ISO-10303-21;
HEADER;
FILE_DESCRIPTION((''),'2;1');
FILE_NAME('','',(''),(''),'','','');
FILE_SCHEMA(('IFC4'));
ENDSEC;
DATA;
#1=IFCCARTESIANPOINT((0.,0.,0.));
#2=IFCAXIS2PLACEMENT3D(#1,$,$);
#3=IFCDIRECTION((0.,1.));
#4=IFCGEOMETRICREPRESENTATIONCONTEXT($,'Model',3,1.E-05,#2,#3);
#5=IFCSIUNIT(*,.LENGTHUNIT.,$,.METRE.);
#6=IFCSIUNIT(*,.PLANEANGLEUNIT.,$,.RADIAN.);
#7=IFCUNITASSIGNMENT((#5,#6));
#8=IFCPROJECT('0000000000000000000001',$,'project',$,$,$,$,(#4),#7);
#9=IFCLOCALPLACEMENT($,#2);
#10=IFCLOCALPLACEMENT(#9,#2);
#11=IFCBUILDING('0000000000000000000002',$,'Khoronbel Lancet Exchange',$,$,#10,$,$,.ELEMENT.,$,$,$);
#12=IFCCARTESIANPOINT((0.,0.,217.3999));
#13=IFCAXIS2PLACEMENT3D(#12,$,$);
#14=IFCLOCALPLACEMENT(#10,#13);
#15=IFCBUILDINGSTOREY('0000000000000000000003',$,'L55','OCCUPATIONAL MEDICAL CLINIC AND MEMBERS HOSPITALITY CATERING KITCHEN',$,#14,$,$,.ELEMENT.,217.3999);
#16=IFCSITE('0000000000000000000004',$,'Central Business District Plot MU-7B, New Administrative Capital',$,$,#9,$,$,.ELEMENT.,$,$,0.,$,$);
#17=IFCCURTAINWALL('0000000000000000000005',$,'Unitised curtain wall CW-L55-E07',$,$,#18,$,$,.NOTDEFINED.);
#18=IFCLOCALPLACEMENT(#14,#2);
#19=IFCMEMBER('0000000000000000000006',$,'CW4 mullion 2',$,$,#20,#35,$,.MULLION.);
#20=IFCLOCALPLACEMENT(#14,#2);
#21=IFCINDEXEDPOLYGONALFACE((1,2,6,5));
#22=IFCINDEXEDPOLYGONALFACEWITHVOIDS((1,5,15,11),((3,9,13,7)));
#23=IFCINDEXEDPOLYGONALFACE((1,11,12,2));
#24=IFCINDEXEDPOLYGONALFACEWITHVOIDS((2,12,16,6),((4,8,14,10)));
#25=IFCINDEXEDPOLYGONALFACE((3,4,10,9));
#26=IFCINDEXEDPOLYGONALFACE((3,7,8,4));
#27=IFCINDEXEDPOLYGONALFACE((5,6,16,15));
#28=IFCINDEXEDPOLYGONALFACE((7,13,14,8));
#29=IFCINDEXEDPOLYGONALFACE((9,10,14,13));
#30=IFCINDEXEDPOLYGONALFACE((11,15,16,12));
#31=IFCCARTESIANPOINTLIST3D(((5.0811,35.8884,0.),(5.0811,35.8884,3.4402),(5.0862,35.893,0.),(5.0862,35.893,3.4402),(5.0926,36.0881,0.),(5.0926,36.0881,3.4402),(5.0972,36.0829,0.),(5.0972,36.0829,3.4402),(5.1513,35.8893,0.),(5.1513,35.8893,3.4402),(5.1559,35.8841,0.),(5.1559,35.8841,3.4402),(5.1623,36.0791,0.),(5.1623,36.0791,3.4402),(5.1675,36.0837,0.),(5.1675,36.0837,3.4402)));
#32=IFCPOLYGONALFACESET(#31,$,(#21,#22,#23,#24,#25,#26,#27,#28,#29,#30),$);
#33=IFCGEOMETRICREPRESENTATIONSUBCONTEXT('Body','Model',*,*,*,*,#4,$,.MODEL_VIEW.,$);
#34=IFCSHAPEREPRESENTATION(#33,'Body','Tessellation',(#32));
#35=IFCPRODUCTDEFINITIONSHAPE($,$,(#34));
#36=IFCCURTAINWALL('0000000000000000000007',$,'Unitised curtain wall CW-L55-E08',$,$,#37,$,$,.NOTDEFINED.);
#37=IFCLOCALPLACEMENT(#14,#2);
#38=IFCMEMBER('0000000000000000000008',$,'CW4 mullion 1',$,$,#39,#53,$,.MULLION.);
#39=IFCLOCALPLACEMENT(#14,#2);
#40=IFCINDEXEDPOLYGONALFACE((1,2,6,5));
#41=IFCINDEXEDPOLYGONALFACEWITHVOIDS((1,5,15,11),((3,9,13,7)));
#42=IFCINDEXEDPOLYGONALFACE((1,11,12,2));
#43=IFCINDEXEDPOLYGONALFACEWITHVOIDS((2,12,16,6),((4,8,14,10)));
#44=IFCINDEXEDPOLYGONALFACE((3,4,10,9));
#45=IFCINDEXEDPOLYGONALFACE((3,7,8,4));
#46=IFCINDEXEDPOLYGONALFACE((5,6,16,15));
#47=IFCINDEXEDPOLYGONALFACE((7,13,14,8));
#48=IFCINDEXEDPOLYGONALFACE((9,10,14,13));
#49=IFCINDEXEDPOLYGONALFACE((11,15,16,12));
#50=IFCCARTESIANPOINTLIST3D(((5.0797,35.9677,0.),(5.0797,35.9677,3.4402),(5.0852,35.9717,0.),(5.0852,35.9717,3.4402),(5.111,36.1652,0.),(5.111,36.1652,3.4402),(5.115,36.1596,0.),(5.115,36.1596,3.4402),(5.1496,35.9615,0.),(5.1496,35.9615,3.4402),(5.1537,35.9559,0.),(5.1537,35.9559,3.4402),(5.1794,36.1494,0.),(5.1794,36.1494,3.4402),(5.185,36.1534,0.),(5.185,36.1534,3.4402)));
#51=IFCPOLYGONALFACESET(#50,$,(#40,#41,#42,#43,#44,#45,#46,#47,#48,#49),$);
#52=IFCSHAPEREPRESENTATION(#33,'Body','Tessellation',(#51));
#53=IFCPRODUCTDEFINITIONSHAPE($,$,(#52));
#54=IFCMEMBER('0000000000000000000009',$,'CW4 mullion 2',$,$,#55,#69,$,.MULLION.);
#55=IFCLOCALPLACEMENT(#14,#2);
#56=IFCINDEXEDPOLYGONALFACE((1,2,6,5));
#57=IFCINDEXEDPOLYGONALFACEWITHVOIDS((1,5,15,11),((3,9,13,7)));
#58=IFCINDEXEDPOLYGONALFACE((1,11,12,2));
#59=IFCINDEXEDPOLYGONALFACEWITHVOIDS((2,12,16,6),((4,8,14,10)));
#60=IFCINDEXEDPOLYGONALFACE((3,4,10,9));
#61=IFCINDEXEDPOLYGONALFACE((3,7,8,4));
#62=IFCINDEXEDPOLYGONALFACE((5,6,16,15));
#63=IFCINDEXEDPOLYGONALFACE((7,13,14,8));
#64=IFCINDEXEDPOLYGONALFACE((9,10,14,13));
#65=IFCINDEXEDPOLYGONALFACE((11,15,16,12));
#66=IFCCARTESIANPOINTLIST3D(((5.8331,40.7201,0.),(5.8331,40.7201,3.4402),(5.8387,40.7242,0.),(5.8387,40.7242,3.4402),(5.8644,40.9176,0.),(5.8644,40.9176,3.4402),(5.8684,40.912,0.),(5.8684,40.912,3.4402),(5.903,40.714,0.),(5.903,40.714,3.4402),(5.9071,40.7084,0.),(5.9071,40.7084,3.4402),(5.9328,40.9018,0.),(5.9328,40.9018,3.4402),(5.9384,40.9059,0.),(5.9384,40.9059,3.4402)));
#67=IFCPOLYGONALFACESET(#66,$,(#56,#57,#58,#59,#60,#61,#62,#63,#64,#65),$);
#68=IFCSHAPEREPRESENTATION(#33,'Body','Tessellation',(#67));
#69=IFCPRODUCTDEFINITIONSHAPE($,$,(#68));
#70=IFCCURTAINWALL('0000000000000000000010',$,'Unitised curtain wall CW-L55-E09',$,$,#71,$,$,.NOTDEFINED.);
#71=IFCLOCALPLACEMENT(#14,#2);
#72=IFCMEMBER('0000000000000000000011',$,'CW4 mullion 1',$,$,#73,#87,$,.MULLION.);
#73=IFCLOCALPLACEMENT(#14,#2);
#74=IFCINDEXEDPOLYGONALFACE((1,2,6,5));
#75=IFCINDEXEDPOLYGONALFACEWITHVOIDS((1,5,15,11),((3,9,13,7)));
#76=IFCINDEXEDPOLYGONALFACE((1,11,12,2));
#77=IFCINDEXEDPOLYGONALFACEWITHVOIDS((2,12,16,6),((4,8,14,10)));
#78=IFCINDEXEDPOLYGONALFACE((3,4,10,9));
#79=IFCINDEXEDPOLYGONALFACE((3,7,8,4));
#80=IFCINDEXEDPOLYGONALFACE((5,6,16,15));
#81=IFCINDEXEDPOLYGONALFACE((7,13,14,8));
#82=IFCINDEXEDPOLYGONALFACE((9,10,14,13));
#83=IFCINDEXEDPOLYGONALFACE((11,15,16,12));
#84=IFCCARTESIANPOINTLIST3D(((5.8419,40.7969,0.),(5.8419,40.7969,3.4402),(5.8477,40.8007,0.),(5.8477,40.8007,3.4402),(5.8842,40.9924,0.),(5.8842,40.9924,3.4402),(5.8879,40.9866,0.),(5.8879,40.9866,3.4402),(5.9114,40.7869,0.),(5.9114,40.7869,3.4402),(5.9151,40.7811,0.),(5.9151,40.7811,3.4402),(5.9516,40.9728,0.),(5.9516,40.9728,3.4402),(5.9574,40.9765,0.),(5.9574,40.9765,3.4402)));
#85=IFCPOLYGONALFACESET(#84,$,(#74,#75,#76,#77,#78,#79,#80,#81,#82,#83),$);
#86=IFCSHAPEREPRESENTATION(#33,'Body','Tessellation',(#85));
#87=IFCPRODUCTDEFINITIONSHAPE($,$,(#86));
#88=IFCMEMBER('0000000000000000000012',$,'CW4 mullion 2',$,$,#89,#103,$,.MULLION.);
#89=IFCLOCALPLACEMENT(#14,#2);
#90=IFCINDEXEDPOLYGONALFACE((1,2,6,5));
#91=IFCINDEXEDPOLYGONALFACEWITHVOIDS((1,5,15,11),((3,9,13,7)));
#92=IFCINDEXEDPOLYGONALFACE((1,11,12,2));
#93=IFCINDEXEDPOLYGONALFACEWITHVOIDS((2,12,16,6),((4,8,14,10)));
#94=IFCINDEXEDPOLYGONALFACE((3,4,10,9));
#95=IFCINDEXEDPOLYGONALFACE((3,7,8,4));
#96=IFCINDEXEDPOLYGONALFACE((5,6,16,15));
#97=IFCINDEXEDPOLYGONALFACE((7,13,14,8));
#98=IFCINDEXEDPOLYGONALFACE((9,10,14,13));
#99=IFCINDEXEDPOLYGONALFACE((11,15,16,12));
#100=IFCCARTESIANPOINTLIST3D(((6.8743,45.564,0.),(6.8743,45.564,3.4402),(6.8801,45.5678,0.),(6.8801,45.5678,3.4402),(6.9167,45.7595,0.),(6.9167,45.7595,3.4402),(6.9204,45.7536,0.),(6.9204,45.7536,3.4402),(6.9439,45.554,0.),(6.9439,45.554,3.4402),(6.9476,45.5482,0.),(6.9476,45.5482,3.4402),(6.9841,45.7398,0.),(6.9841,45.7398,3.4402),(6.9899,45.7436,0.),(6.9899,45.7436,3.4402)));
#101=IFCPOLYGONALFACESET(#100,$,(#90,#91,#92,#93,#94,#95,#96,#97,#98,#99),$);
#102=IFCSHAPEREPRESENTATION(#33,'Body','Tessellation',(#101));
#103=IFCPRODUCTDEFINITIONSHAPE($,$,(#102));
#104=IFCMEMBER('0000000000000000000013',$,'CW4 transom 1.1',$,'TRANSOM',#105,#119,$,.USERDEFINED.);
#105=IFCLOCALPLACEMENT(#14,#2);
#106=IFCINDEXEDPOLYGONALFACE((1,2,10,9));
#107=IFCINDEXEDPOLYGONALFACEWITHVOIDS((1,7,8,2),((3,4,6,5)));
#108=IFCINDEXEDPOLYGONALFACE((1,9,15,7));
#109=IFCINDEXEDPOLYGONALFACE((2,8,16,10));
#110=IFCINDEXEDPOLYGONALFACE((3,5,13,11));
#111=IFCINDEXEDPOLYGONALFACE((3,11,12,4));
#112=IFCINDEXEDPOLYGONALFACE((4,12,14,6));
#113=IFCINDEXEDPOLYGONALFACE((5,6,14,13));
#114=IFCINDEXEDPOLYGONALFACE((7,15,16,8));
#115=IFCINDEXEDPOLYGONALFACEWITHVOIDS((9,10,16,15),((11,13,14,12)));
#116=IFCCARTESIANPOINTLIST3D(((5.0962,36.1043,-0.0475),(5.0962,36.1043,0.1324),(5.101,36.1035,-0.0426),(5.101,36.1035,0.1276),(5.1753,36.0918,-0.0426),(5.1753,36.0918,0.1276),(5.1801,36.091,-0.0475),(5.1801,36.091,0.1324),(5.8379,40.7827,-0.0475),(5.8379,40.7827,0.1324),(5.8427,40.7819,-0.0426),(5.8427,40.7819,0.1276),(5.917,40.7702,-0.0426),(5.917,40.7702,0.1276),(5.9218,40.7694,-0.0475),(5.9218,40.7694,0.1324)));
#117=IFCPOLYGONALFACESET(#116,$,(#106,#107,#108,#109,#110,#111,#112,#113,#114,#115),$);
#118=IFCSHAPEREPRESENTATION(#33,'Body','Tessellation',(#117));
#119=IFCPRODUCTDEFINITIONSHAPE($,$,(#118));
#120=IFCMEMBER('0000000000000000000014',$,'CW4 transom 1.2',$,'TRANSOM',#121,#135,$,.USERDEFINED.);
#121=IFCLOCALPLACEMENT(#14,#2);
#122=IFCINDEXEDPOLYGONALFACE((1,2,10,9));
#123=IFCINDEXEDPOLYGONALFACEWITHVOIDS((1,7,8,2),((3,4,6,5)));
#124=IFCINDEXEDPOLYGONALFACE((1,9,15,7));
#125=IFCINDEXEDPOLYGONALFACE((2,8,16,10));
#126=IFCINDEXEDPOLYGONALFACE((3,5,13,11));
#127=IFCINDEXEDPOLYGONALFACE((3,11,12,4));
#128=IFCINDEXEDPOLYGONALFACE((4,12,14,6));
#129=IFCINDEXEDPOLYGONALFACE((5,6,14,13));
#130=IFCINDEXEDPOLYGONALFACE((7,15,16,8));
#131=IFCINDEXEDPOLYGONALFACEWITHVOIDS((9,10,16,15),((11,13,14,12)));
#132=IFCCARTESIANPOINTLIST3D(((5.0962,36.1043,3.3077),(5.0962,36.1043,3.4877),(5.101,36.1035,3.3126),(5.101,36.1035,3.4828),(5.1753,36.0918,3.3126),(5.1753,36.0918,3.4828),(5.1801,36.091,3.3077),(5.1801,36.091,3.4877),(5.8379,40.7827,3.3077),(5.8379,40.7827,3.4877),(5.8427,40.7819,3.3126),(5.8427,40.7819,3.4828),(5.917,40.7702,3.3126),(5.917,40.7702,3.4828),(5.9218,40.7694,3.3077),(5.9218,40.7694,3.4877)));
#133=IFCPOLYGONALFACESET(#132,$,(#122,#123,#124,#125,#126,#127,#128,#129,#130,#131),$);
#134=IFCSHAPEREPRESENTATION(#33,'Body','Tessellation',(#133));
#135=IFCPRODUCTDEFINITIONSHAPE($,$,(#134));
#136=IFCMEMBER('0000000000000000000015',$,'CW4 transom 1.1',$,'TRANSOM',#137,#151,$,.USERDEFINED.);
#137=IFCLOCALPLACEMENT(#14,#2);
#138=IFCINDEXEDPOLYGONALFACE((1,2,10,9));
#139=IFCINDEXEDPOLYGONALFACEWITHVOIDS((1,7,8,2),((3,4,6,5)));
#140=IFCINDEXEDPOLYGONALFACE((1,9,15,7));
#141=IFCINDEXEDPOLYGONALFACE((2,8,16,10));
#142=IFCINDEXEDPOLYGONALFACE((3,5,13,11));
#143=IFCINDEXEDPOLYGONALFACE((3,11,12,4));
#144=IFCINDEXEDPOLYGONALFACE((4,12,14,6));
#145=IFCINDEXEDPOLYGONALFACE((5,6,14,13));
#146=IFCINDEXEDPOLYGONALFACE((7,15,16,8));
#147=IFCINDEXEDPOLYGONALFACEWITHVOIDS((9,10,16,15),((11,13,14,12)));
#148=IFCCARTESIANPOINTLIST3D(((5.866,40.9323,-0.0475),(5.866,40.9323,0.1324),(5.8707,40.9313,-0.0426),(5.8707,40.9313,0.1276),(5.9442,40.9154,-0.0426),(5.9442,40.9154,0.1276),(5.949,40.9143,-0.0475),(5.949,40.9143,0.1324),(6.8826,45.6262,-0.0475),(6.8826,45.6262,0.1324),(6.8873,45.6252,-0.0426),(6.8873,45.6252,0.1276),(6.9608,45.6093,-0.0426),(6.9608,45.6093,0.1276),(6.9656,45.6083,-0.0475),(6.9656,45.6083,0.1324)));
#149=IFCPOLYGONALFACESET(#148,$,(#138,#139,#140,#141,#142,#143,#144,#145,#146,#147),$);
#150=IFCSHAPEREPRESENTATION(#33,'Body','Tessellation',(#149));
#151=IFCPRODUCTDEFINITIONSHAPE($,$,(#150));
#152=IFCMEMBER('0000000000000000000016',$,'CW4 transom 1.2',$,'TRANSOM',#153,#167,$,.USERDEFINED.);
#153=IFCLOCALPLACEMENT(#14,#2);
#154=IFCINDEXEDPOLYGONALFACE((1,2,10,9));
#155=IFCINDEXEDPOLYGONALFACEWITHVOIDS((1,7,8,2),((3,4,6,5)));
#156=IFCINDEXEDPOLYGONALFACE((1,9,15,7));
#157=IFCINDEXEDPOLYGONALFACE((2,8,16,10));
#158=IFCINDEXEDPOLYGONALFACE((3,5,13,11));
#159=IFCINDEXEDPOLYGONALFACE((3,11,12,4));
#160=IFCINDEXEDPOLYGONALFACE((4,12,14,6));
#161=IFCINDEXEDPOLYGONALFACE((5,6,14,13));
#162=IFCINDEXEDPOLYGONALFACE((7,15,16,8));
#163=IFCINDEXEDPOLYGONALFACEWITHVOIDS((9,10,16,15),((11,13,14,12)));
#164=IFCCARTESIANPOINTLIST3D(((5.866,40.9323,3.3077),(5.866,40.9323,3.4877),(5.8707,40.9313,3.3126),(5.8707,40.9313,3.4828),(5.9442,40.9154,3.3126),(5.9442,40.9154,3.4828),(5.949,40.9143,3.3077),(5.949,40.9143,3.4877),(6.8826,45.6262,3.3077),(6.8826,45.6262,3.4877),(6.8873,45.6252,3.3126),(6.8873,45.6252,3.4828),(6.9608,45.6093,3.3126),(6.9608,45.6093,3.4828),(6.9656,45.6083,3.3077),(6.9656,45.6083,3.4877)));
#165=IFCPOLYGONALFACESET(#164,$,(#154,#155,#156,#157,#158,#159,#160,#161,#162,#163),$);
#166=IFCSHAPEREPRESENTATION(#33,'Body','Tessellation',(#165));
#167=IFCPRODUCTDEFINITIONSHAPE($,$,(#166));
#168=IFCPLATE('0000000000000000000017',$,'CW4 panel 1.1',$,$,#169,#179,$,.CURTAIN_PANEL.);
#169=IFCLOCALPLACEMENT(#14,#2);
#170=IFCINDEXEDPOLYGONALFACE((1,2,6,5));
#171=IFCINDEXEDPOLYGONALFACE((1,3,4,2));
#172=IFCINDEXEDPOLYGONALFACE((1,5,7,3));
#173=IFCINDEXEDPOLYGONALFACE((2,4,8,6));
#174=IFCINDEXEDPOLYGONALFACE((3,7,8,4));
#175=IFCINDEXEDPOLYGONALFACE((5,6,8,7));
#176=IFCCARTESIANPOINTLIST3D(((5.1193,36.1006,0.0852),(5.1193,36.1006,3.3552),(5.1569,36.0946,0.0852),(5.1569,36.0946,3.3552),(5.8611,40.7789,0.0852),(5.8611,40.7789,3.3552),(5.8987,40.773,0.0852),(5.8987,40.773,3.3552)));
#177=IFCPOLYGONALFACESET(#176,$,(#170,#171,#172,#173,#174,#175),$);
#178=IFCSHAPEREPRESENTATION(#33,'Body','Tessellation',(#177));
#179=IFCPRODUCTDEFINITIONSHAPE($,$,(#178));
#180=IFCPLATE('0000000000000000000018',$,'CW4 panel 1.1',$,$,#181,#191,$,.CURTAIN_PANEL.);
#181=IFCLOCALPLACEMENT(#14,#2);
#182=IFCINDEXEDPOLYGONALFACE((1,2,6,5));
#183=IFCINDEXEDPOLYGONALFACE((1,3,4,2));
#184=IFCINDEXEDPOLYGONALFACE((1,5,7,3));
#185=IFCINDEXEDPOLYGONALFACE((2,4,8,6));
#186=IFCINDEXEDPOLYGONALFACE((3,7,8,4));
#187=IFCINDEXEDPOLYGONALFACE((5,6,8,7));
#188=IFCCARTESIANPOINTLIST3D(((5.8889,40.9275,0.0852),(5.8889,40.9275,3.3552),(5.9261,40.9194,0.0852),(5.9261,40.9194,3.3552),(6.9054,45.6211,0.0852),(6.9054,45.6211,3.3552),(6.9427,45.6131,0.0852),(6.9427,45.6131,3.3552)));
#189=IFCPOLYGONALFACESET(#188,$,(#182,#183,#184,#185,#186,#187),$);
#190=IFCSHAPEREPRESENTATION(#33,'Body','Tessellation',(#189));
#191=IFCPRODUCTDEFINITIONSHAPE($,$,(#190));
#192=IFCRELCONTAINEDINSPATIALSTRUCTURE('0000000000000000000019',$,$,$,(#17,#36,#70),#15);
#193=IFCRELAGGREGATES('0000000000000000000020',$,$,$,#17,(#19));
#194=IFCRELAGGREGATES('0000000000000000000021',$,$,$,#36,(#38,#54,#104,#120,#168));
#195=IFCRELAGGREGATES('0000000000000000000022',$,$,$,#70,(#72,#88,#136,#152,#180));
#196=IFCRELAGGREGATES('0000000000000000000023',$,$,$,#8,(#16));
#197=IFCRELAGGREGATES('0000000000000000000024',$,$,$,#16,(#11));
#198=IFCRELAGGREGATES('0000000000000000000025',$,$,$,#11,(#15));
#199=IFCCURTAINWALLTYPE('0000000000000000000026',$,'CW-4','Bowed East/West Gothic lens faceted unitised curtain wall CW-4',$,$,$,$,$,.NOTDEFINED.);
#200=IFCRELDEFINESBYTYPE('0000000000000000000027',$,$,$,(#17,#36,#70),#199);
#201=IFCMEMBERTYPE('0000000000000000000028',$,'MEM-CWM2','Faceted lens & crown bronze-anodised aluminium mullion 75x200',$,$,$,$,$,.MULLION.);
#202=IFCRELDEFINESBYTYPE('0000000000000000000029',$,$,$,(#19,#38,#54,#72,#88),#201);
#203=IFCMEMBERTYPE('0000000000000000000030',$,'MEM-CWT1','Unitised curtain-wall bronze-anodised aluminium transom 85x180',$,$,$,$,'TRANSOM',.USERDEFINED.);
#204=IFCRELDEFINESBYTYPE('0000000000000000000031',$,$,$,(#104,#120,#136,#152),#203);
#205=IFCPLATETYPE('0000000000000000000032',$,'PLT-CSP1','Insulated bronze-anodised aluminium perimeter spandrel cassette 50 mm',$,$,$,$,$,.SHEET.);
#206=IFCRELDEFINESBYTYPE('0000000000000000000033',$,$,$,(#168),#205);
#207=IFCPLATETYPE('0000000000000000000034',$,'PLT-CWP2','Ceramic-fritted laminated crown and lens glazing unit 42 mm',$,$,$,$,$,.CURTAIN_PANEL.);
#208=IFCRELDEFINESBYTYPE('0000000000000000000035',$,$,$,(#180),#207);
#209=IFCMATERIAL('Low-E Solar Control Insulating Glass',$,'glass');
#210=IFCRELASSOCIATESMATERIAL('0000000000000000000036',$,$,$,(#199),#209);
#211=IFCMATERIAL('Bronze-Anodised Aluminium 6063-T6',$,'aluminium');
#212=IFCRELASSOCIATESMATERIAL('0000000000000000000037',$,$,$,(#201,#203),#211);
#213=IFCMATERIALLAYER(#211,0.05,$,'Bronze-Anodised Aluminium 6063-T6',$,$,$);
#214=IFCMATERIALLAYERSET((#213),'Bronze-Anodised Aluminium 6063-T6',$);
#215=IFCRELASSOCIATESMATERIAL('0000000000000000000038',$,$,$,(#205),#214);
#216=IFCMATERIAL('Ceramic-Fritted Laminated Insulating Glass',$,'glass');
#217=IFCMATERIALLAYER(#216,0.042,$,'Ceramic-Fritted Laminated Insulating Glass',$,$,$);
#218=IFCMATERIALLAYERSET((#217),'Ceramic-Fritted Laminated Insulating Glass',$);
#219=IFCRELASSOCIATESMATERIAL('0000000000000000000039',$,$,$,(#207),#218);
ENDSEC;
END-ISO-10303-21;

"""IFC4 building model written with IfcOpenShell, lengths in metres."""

from ifc_helpers import new_model, si_unit, direction, frame, origin, origin_2d, place, context, subcontext, project, spatial, rectangle, hollow_rectangle, extrude, material, layer, layer_set, material_profile, profile_set, type_object, element, aggregate, save


model = new_model("IFC4")

# Units and contexts
model_context = context("Model", 3, precision=1e-05, world=origin(), true_north=direction((0.0, 1.0)))
body_context = subcontext(model_context, "Body", "Model", "MODEL_VIEW")
ifc_project = project(units=[si_unit("LENGTHUNIT", "METRE"), si_unit("PLANEANGLEUNIT", "RADIAN")], contexts=[model_context])

# Site, building, storey
site_placement = place(None, origin())
site = spatial("IfcSite", under=ifc_project, at=site_placement, Name="Central Business District Plot MU-7B, New Administrative Capital", CompositionType="ELEMENT", RefElevation=0.0)
building_placement = place(site_placement, origin())
building = spatial("IfcBuilding", under=site, at=building_placement, Name="Khoronbel Lancet Exchange", CompositionType="ELEMENT")
storey_placement = place(building_placement, frame((0.0, 0.0, 217.3999)))
storey = spatial("IfcBuildingStorey", under=building, at=storey_placement, Name="L55", Description="OCCUPATIONAL MEDICAL CLINIC AND MEMBERS HOSPITALITY CATERING KITCHEN", CompositionType="ELEMENT", Elevation=217.3999)

# Curtain wall, member
ifc_material_1 = material(Name="Low-E Solar Control Insulating Glass", Category="glass")
curtain_wall_type = type_object("IfcCurtainWallType", Name="CW-4", Description="Bowed East/West Gothic lens faceted unitised curtain wall CW-4", PredefinedType="NOTDEFINED", material=ifc_material_1)
curtain_wall_1_placement = place(storey_placement, origin())
curtain_wall_1 = element("IfcCurtainWall", 1, at=curtain_wall_1_placement, inside=storey, type_object=curtain_wall_type, Name="Unitised curtain wall CW-L55-E07", PredefinedType="NOTDEFINED")
ifc_material_2 = material(Name="Bronze-Anodised Aluminium 6063-T6", Category="aluminium")
ifc_material_profile_1 = material_profile(ifc_material_2, hollow_rectangle(XDim=0.075, YDim=0.2, WallThickness=0.0049, at=origin_2d()), Name="ALU MULLION 75x200")
ifc_profile_set_1 = profile_set([ifc_material_profile_1], Name="Bronze-Anodised Aluminium 6063-T6")
member_type_1 = type_object("IfcMemberType", Name="MEM-CWM2", Description="Faceted lens & crown bronze-anodised aluminium mullion 75x200", PredefinedType="MULLION", material=ifc_profile_set_1)
member_1_placement = place(storey_placement, frame((5.1243, 35.9861, 0.0), z_axis=(0.0, 0.0, 1.0), x_axis=(-0.998321, 0.05793, 0.0)))
member_1 = element("IfcMember", 2, at=member_1_placement, type_object=member_type_1, Name="CW4 mullion 2", PredefinedType="MULLION", context=body_context, shape_type="SweptSolid", body=[
    extrude(hollow_rectangle(XDim=0.075, YDim=0.2, WallThickness=0.0049, at=origin_2d()), origin(), (0.0, 0.0, 1.0), 3.4402),
])
aggregate(curtain_wall_1, [member_1])

# Curtain walls, members
curtain_wall_2_placement = place(storey_placement, origin())
curtain_wall_2 = element("IfcCurtainWall", 3, at=curtain_wall_2_placement, inside=storey, type_object=curtain_wall_type, Name="Unitised curtain wall CW-L55-E08", PredefinedType="NOTDEFINED")
member_2_placement = place(storey_placement, frame((5.1323, 36.0605, 0.0), z_axis=(0.0, 0.0, 1.0), x_axis=(-0.987661, 0.156606, 0.0)))
member_2 = element("IfcMember", 4, at=member_2_placement, type_object=member_type_1, Name="CW4 mullion 1", PredefinedType="MULLION", context=body_context, shape_type="SweptSolid", body=[
    extrude(hollow_rectangle(XDim=0.075, YDim=0.2, WallThickness=0.0049, at=origin_2d()), origin(), (0.0, 0.0, 1.0), 3.4402),
])
member_3_placement = place(storey_placement, frame((5.8857, 40.813, 0.0), z_axis=(0.0, 0.0, 1.0), x_axis=(-0.987661, 0.156606, 0.0)))
member_3 = element("IfcMember", 5, at=member_3_placement, type_object=member_type_1, Name="CW4 mullion 2", PredefinedType="MULLION", context=body_context, shape_type="SweptSolid", body=[
    extrude(hollow_rectangle(XDim=0.075, YDim=0.2, WallThickness=0.0049, at=origin_2d()), origin(), (0.0, 0.0, 1.0), 3.4402),
])
curtain_wall_3_placement = place(storey_placement, origin())
curtain_wall_3 = element("IfcCurtainWall", 6, at=curtain_wall_3_placement, inside=storey, type_object=curtain_wall_type, Name="Unitised curtain wall CW-L55-E09", PredefinedType="NOTDEFINED")
member_4_placement = place(storey_placement, frame((5.8997, 40.8867, 0.0), z_axis=(0.0, 0.0, 1.0), x_axis=(-0.977341, 0.21167, 0.0)))
member_4 = element("IfcMember", 7, at=member_4_placement, type_object=member_type_1, Name="CW4 mullion 1", PredefinedType="MULLION", context=body_context, shape_type="SweptSolid", body=[
    extrude(hollow_rectangle(XDim=0.075, YDim=0.2, WallThickness=0.0049, at=origin_2d()), origin(), (0.0, 0.0, 1.0), 3.4402),
])
member_5_placement = place(storey_placement, frame((6.9321, 45.6538, 0.0), z_axis=(0.0, 0.0, 1.0), x_axis=(-0.977341, 0.21167, 0.0)))
member_5 = element("IfcMember", 8, at=member_5_placement, type_object=member_type_1, Name="CW4 mullion 2", PredefinedType="MULLION", context=body_context, shape_type="SweptSolid", body=[
    extrude(hollow_rectangle(XDim=0.075, YDim=0.2, WallThickness=0.0049, at=origin_2d()), origin(), (0.0, 0.0, 1.0), 3.4402),
])

# Members
ifc_material_profile_2 = material_profile(ifc_material_2, hollow_rectangle(XDim=0.085, YDim=0.1799, WallThickness=0.0049, at=origin_2d()), Name="ALU TRANSOM 85x180")
ifc_profile_set_2 = profile_set([ifc_material_profile_2], Name="Bronze-Anodised Aluminium 6063-T6")
member_type_2 = type_object("IfcMemberType", Name="MEM-CWT1", Description="Unitised curtain-wall bronze-anodised aluminium transom 85x180", ElementType="TRANSOM", PredefinedType="USERDEFINED", material=ifc_profile_set_2)
member_6_placement = place(storey_placement, frame((5.1382, 36.0977, 0.0425), z_axis=(0.156579, 0.987665, 0.0), x_axis=(-0.987665, 0.156579, 0.0)))
member_6 = element("IfcMember", 9, at=member_6_placement, type_object=member_type_2, Name="CW4 transom 1.1", ObjectType="TRANSOM", PredefinedType="USERDEFINED", context=body_context, shape_type="SweptSolid", body=[
    extrude(hollow_rectangle(XDim=0.085, YDim=0.1799, WallThickness=0.0049, at=origin_2d()), origin(), (0.0, 0.0, 1.0), 4.7368),
])
member_7_placement = place(storey_placement, frame((5.1382, 36.0977, 3.3977), z_axis=(0.156579, 0.987665, 0.0), x_axis=(-0.987665, 0.156579, 0.0)))
member_7 = element("IfcMember", 10, at=member_7_placement, type_object=member_type_2, Name="CW4 transom 1.2", ObjectType="TRANSOM", PredefinedType="USERDEFINED", context=body_context, shape_type="SweptSolid", body=[
    extrude(hollow_rectangle(XDim=0.085, YDim=0.1799, WallThickness=0.0049, at=origin_2d()), origin(), (0.0, 0.0, 1.0), 4.7368),
])
member_8_placement = place(storey_placement, frame((5.9075, 40.9233, 0.0425), z_axis=(0.211674, 0.97734, 0.0), x_axis=(-0.97734, 0.211674, 0.0)))
member_8 = element("IfcMember", 11, at=member_8_placement, type_object=member_type_2, Name="CW4 transom 1.1", ObjectType="TRANSOM", PredefinedType="USERDEFINED", context=body_context, shape_type="SweptSolid", body=[
    extrude(hollow_rectangle(XDim=0.085, YDim=0.1799, WallThickness=0.0049, at=origin_2d()), origin(), (0.0, 0.0, 1.0), 4.8027),
])
member_9_placement = place(storey_placement, frame((5.9075, 40.9233, 3.3977), z_axis=(0.211674, 0.97734, 0.0), x_axis=(-0.97734, 0.211674, 0.0)))
member_9 = element("IfcMember", 12, at=member_9_placement, type_object=member_type_2, Name="CW4 transom 1.2", ObjectType="TRANSOM", PredefinedType="USERDEFINED", context=body_context, shape_type="SweptSolid", body=[
    extrude(hollow_rectangle(XDim=0.085, YDim=0.1799, WallThickness=0.0049, at=origin_2d()), origin(), (0.0, 0.0, 1.0), 4.8027),
])

# Plates
ifc_layer_1 = layer(ifc_material_2, 0.05, Name="Bronze-Anodised Aluminium 6063-T6")
ifc_layer_set_1 = layer_set([ifc_layer_1], Name="Bronze-Anodised Aluminium 6063-T6")
plate_type_1 = type_object("IfcPlateType", Name="PLT-CSP1", Description="Insulated bronze-anodised aluminium perimeter spandrel cassette 50 mm", PredefinedType="SHEET", material=ifc_layer_set_1)
plate_1_placement = place(storey_placement, frame((5.509, 38.4368, 0.0852), z_axis=(0.0, 0.0, 1.0), x_axis=(0.156606, 0.987661, 0.0)))
plate_1 = element("IfcPlate", 13, at=plate_1_placement, type_object=plate_type_1, Name="CW4 panel 1.1", PredefinedType="CURTAIN_PANEL", context=body_context, shape_type="SweptSolid", body=[
    extrude(rectangle(XDim=4.7368, YDim=0.0381, at=origin_2d()), origin(), (0.0, 0.0, 1.0), 3.27),
])
aggregate(curtain_wall_2, [member_2, member_3, member_6, member_7, plate_1])
ifc_material_3 = material(Name="Ceramic-Fritted Laminated Insulating Glass", Category="glass")
ifc_layer_2 = layer(ifc_material_3, 0.042, Name="Ceramic-Fritted Laminated Insulating Glass")
ifc_layer_set_2 = layer_set([ifc_layer_2], Name="Ceramic-Fritted Laminated Insulating Glass")
plate_type_2 = type_object("IfcPlateType", Name="PLT-CWP2", Description="Ceramic-fritted laminated crown and lens glazing unit 42 mm", PredefinedType="CURTAIN_PANEL", material=ifc_layer_set_2)
plate_2_placement = place(storey_placement, frame((6.4158, 43.2703, 0.0852), z_axis=(0.0, 0.0, 1.0), x_axis=(0.21167, 0.977341, 0.0)))
plate_2 = element("IfcPlate", 14, at=plate_2_placement, type_object=plate_type_2, Name="CW4 panel 1.1", PredefinedType="CURTAIN_PANEL", context=body_context, shape_type="SweptSolid", body=[
    extrude(rectangle(XDim=4.8025, YDim=0.0381, at=origin_2d()), origin(), (0.0, 0.0, 1.0), 3.27),
])
aggregate(curtain_wall_3, [member_4, member_5, member_8, member_9, plate_2])

save(model, "model.ifc")
